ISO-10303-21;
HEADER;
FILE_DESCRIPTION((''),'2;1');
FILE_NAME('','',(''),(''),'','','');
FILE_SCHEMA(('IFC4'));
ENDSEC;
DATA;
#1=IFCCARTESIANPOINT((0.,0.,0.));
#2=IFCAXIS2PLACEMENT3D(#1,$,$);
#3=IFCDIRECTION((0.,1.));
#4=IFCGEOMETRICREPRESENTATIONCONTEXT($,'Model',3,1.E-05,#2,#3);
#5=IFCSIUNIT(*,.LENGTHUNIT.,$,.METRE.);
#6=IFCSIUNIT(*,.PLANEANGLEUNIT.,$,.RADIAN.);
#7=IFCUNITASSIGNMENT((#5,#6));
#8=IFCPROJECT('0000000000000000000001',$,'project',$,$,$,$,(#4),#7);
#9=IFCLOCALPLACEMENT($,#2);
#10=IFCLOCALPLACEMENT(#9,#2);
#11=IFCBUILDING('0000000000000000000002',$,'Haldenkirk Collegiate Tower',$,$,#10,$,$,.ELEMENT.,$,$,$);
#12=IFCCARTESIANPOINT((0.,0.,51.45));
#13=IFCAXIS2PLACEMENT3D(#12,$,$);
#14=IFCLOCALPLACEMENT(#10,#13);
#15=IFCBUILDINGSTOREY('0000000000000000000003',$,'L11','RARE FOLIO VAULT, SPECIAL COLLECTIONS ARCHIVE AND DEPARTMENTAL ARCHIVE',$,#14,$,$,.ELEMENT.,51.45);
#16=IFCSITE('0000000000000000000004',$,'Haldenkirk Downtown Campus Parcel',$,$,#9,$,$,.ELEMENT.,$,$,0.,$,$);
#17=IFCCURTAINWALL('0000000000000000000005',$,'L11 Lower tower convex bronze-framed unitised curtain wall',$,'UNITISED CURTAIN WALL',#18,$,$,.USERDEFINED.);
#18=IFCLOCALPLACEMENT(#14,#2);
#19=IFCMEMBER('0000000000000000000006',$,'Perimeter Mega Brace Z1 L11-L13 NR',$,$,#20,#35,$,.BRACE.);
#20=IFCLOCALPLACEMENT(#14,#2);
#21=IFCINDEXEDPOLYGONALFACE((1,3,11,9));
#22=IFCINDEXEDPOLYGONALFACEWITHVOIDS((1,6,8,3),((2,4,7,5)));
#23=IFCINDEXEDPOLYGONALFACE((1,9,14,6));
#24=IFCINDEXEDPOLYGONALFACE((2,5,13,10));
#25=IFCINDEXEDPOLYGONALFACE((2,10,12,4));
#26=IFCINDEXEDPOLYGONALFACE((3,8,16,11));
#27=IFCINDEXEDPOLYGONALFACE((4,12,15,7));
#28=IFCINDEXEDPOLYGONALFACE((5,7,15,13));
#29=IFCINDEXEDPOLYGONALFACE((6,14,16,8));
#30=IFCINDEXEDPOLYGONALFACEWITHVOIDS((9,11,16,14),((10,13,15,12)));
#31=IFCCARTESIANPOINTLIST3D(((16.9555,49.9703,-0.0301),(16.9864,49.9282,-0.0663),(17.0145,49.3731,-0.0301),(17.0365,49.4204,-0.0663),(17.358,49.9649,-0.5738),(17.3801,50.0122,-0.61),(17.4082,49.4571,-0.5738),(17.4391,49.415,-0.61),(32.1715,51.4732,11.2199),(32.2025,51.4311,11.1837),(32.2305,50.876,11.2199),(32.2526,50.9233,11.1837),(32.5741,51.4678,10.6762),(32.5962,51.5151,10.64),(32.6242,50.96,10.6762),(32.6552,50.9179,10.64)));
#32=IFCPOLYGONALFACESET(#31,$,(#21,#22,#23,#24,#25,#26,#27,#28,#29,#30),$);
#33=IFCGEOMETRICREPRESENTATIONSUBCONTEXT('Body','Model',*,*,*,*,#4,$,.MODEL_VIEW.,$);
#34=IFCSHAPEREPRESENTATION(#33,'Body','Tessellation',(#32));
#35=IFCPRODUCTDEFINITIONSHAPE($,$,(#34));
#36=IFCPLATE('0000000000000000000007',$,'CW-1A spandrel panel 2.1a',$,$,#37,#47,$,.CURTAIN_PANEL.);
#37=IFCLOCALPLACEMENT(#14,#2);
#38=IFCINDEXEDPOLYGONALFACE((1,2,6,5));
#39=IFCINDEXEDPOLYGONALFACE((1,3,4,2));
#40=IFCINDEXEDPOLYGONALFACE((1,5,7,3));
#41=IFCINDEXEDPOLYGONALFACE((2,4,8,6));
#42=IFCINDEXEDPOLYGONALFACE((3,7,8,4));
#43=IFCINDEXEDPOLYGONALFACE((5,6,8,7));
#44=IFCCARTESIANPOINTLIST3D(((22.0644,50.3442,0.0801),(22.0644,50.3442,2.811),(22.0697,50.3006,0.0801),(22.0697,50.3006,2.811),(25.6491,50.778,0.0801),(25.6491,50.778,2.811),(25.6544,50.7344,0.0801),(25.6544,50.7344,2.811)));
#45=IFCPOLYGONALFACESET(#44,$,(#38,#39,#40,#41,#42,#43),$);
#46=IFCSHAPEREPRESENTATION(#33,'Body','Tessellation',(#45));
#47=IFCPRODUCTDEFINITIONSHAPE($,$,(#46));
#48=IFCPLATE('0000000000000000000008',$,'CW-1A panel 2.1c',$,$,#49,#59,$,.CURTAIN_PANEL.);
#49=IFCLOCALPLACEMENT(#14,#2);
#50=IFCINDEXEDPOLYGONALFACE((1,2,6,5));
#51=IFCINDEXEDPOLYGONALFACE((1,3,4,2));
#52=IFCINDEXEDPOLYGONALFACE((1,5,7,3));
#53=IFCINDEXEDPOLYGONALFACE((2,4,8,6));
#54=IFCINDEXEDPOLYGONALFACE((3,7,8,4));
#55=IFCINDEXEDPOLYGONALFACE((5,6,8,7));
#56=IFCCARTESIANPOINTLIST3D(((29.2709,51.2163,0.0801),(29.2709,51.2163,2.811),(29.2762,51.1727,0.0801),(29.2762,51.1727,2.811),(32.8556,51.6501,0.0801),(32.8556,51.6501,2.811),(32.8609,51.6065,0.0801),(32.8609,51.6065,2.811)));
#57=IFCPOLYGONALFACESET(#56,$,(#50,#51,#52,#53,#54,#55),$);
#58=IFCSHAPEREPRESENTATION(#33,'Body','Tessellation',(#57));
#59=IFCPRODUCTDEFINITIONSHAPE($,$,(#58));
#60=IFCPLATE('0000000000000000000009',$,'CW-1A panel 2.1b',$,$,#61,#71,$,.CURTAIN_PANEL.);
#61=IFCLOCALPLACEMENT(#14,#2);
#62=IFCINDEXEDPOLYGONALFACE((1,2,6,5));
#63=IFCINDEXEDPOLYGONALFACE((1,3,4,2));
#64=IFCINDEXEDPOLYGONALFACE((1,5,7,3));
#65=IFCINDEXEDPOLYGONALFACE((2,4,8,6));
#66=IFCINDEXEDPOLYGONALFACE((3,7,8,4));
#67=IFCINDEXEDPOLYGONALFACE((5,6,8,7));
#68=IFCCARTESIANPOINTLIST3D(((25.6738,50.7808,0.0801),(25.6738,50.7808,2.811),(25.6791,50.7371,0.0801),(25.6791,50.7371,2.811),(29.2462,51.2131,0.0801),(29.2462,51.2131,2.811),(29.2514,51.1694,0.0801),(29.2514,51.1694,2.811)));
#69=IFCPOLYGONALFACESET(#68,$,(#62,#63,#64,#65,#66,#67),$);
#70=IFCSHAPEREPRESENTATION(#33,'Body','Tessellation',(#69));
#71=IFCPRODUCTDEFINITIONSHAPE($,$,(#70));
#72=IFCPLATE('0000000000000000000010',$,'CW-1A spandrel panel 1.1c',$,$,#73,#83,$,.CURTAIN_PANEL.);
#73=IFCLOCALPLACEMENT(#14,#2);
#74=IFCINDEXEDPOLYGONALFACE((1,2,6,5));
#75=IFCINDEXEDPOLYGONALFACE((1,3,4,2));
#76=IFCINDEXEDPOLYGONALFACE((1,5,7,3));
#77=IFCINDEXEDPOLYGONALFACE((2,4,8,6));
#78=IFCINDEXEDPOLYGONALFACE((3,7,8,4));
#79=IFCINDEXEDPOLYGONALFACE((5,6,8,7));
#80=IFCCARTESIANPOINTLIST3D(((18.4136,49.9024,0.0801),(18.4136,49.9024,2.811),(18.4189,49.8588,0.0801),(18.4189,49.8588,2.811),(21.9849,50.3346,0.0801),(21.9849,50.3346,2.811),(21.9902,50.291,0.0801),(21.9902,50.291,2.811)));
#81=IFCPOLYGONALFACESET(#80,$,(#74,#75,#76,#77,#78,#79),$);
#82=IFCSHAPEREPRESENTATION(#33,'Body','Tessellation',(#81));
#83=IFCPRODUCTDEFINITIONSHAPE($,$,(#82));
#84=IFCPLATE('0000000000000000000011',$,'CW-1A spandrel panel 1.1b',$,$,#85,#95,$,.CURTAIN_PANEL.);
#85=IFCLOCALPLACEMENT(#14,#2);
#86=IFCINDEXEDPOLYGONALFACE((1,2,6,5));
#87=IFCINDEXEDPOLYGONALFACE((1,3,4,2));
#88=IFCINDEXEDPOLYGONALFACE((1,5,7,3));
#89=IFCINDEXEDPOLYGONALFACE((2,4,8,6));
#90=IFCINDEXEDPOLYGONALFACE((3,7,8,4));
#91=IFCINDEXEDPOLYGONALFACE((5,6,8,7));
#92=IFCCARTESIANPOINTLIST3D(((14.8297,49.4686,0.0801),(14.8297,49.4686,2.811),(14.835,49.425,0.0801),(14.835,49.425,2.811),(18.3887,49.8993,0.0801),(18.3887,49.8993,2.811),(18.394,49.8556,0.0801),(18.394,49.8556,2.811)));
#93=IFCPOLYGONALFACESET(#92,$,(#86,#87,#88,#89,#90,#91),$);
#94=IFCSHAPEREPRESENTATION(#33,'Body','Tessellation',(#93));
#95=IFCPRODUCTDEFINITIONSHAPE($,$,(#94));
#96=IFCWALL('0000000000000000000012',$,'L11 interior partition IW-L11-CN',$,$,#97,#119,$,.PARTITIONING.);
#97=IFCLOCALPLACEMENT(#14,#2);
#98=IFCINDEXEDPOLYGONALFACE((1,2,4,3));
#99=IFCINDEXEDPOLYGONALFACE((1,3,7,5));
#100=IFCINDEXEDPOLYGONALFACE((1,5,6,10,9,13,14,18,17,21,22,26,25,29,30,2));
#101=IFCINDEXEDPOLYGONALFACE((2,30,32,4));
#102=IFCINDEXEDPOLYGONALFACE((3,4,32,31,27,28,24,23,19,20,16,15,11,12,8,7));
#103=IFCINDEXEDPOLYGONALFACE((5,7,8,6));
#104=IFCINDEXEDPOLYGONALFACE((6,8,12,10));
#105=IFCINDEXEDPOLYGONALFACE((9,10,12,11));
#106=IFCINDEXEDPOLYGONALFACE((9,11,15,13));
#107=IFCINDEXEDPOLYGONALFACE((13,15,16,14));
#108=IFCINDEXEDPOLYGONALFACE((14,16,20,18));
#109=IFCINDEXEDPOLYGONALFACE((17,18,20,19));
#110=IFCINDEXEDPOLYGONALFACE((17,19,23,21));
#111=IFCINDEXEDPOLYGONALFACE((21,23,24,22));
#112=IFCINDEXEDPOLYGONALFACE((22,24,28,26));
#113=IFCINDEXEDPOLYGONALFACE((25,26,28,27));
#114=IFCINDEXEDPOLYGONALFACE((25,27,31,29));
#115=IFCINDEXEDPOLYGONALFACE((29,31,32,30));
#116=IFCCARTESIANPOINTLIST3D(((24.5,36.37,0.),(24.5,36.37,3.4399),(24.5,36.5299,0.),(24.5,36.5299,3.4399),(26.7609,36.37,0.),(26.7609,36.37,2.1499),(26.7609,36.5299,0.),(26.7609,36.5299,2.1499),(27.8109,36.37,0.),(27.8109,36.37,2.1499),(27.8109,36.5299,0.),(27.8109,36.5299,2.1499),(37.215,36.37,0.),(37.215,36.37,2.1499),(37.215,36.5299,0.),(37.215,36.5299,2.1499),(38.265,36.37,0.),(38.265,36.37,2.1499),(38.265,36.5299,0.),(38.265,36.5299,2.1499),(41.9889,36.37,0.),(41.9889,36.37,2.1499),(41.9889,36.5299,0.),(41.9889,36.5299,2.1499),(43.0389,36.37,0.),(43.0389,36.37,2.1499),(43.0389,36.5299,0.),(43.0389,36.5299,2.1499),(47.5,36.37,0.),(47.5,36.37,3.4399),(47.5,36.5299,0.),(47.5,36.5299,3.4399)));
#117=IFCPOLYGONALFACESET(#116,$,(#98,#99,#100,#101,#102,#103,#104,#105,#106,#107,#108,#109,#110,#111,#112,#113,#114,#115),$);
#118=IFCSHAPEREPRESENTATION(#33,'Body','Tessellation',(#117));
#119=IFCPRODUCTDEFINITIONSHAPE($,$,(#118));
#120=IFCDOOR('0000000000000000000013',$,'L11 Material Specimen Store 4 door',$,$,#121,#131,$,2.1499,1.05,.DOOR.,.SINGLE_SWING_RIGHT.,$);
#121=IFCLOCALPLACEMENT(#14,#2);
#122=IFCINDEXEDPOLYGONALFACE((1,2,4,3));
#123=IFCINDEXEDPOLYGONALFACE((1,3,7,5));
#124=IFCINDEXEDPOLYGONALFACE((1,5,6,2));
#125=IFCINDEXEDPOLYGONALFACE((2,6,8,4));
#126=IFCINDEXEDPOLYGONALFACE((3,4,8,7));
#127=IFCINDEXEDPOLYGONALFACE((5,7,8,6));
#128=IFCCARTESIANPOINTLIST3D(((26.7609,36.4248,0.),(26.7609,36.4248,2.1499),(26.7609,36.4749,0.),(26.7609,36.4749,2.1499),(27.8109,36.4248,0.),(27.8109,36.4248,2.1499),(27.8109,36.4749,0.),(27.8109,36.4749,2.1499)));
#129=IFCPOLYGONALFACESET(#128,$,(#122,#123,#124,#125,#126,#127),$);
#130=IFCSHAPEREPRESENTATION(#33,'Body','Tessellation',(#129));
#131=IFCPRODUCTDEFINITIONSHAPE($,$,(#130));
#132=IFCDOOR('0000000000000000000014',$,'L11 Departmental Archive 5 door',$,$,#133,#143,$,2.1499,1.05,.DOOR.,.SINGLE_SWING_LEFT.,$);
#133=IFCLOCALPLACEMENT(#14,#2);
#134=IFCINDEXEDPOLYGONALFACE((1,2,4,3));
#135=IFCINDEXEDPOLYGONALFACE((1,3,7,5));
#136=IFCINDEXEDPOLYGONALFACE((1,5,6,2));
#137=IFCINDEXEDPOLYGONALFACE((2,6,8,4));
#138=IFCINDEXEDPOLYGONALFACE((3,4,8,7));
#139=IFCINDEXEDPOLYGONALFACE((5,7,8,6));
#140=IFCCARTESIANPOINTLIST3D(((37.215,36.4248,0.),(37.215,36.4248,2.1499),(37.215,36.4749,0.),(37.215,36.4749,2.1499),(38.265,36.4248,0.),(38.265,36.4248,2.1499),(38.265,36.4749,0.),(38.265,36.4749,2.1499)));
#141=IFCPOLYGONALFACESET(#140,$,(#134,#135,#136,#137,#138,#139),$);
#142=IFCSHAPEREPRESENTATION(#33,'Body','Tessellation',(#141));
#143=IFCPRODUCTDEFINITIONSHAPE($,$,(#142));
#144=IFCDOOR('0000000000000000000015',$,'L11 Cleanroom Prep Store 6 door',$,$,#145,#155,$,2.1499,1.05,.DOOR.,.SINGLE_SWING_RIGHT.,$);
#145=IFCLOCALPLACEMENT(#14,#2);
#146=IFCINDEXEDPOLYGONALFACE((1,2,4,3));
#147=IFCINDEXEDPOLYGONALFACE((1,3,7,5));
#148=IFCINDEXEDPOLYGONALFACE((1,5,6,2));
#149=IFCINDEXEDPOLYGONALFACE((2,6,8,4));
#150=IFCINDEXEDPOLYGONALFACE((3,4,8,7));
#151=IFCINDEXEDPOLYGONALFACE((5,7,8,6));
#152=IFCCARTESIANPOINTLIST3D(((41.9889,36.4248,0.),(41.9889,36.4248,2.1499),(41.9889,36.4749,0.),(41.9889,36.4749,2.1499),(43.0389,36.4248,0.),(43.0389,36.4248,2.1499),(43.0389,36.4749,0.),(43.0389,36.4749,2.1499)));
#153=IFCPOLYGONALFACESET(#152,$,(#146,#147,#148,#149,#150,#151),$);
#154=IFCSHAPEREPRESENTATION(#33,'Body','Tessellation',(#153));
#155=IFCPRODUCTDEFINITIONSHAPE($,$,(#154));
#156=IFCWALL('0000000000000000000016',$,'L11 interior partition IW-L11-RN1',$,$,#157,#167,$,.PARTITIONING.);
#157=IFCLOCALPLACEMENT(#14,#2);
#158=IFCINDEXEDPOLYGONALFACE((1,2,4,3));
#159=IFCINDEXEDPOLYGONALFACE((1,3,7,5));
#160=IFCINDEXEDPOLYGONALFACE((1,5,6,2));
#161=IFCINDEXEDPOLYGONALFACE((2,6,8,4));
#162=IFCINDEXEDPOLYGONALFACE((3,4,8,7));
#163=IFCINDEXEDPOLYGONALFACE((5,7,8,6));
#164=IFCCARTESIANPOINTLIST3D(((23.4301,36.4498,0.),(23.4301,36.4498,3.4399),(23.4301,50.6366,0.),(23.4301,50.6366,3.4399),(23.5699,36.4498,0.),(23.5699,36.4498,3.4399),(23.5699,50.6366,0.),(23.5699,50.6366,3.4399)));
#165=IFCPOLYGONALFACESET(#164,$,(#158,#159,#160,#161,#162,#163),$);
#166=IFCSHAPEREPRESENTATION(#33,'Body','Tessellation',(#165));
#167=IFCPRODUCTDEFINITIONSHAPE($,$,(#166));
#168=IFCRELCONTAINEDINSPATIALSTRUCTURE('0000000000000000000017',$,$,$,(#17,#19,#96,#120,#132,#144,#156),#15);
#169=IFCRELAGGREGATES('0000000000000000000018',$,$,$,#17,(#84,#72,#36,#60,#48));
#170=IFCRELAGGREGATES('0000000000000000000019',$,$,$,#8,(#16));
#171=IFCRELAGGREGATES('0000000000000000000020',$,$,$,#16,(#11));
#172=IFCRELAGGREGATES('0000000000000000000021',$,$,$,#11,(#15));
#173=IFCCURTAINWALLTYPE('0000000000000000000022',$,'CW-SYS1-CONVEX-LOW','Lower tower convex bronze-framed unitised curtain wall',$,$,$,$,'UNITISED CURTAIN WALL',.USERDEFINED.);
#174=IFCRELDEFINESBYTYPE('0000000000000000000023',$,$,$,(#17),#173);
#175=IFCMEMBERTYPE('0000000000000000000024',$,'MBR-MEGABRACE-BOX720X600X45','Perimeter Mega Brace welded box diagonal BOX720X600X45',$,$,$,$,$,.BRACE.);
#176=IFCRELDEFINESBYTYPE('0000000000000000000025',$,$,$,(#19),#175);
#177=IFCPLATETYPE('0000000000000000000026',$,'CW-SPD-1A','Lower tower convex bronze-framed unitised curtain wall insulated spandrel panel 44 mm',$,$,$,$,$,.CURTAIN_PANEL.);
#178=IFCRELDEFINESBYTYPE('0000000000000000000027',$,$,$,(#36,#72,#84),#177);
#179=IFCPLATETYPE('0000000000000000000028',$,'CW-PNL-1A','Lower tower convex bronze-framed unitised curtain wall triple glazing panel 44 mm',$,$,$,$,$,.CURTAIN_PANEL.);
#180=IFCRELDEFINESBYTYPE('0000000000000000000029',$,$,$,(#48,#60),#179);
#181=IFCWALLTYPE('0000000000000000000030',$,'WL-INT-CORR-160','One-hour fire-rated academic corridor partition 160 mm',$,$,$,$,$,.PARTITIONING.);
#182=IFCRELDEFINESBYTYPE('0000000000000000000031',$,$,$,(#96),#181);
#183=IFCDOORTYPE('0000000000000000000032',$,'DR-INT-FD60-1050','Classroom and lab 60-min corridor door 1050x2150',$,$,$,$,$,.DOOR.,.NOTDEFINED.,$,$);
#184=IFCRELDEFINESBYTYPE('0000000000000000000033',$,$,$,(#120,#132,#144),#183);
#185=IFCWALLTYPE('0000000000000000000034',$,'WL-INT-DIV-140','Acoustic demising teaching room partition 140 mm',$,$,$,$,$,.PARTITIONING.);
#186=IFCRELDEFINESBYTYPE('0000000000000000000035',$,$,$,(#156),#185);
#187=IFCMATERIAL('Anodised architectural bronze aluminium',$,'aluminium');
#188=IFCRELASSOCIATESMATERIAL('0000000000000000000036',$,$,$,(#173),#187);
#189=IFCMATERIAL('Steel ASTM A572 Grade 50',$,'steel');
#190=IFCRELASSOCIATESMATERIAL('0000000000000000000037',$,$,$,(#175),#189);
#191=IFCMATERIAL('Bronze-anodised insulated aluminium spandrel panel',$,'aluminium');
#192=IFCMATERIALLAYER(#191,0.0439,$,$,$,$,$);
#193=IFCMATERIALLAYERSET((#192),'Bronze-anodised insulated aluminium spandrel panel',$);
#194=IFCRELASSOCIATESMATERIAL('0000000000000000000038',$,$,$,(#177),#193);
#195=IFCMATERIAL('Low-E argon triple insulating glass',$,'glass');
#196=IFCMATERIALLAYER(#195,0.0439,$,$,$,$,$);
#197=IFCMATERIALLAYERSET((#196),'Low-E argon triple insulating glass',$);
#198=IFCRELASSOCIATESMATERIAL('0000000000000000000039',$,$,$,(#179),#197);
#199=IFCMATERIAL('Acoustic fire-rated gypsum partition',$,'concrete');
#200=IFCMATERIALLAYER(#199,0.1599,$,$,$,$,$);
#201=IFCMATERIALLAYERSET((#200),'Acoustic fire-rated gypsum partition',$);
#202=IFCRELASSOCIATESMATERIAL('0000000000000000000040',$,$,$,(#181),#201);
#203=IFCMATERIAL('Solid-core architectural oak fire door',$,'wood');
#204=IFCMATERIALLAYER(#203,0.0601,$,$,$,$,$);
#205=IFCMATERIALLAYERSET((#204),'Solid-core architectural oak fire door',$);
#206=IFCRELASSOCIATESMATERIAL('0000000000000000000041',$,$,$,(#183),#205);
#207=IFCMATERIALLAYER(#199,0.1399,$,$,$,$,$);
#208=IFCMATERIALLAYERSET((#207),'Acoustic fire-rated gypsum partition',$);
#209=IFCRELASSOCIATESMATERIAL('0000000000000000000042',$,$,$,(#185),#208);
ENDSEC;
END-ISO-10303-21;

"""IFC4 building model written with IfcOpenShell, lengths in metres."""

from ifc_helpers import new_model, si_unit, direction, frame, frame_2d, origin, origin_2d, place, context, subcontext, project, spatial, rectangle, hollow_rectangle, extrude, source, transform, mapped, material, layer, layer_set, material_profile, profile_set, type_object, element, fill, aggregate, save


model = new_model("IFC4")

# Units and contexts
model_context = context("Model", 3, precision=1e-05, world=origin(), true_north=direction((0.0, 1.0)))
body_context = subcontext(model_context, "Body", "Model", "MODEL_VIEW")
ifc_project = project(units=[si_unit("LENGTHUNIT", "METRE"), si_unit("PLANEANGLEUNIT", "RADIAN")], contexts=[model_context])

# Site, building, storey
site_placement = place(None, origin())
site = spatial("IfcSite", under=ifc_project, at=site_placement, Name="Haldenkirk Downtown Campus Parcel", CompositionType="ELEMENT", RefElevation=0.0)
building_placement = place(site_placement, origin())
building = spatial("IfcBuilding", under=site, at=building_placement, Name="Haldenkirk Collegiate Tower", CompositionType="ELEMENT")
storey_placement = place(building_placement, frame((0.0, 0.0, 51.45)))
storey = spatial("IfcBuildingStorey", under=building, at=storey_placement, Name="L11", Description="RARE FOLIO VAULT, SPECIAL COLLECTIONS ARCHIVE AND DEPARTMENTAL ARCHIVE", CompositionType="ELEMENT", Elevation=51.45)

# Curtain wall
ifc_material_1 = material(Name="Anodised architectural bronze aluminium", Category="aluminium")
curtain_wall_type = type_object("IfcCurtainWallType", Name="CW-SYS1-CONVEX-LOW", Description="Lower tower convex bronze-framed unitised curtain wall", ElementType="UNITISED CURTAIN WALL", PredefinedType="USERDEFINED", material=ifc_material_1)
curtain_wall_placement = place(storey_placement, origin())
curtain_wall = element("IfcCurtainWall", 1, at=curtain_wall_placement, inside=storey, type_object=curtain_wall_type, Name="L11 Lower tower convex bronze-framed unitised curtain wall", ObjectType="UNITISED CURTAIN WALL", PredefinedType="USERDEFINED")

# Member
ifc_material_2 = material(Name="Steel ASTM A572 Grade 50", Category="steel")
ifc_material_profile_1 = material_profile(ifc_material_2, hollow_rectangle(XDim=0.6001, YDim=0.72, WallThickness=0.0449, at=origin_2d()), Name="BOX720X600X45")
ifc_profile_set_1 = profile_set([ifc_material_profile_1], Name="Steel ASTM A572 Grade 50")
member_type_1 = type_object("IfcMemberType", Name="MBR-MEGABRACE-BOX720X600X45", Description="Perimeter Mega Brace welded box diagonal BOX720X600X45", PredefinedType="BRACE", material=ifc_profile_set_1)
member_1_placement = place(storey_placement, frame((17.1973, 49.6926, -0.3201), z_axis=(0.801568, 0.079173, 0.592639), x_axis=(-0.098294, 0.995157, 0.0)))
element("IfcMember", 2, at=member_1_placement, inside=storey, type_object=member_type_1, Name="Perimeter Mega Brace Z1 L11-L13 NR", PredefinedType="BRACE", context=body_context, shape_type="SweptSolid", body=[
    extrude(hollow_rectangle(XDim=0.6001, YDim=0.72, WallThickness=0.0449, at=origin_2d()), origin(), (0.0, 0.0, 1.0), 18.9829),
])

# Plates
ifc_material_3 = material(Name="Bronze-anodised insulated aluminium spandrel panel", Category="aluminium")
ifc_layer_1 = layer(ifc_material_3, 0.0439)
ifc_layer_set_1 = layer_set([ifc_layer_1], Name="Bronze-anodised insulated aluminium spandrel panel")
plate_type_1 = type_object("IfcPlateType", Name="CW-SPD-1A", Description="Lower tower convex bronze-framed unitised curtain wall insulated spandrel panel 44 mm", PredefinedType="CURTAIN_PANEL", material=ifc_layer_set_1)
shared_shape_1 = source(origin(), body_context, "Body", "SweptSolid", [
    extrude(rectangle(XDim=3.6108, YDim=0.0439, at=origin_2d()), origin(), (0.0, 0.0, 1.0), 2.731),
])
plate_1_placement = place(storey_placement, frame((23.8594, 50.5393, 0.0801), z_axis=(0.0, 0.0, 1.0), x_axis=(0.992757, 0.120137, 0.0)))
plate_1 = element("IfcPlate", 3, at=plate_1_placement, type_object=plate_type_1, Name="CW-1A spandrel panel 2.1a", PredefinedType="CURTAIN_PANEL", context=body_context, shape_type="MappedRepresentation", body=[
    mapped(shared_shape_1, transform((0.0, 0.0, 0.0), x_axis=(1.0, 0.0, 0.0), y_axis=(0.0, 1.0, 0.0), z_axis=(0.0, 0.0, 1.0), scale=1.0)),
])
ifc_material_4 = material(Name="Low-E argon triple insulating glass", Category="glass")
ifc_layer_2 = layer(ifc_material_4, 0.0439)
ifc_layer_set_2 = layer_set([ifc_layer_2], Name="Low-E argon triple insulating glass")
plate_type_2 = type_object("IfcPlateType", Name="CW-PNL-1A", Description="Lower tower convex bronze-framed unitised curtain wall triple glazing panel 44 mm", PredefinedType="CURTAIN_PANEL", material=ifc_layer_set_2)
plate_2_placement = place(storey_placement, frame((31.0659, 51.4114, 0.0801), z_axis=(0.0, 0.0, 1.0), x_axis=(0.992757, 0.120137, 0.0)))
plate_2 = element("IfcPlate", 4, at=plate_2_placement, type_object=plate_type_2, Name="CW-1A panel 2.1c", PredefinedType="CURTAIN_PANEL", context=body_context, shape_type="MappedRepresentation", body=[
    mapped(shared_shape_1, transform((0.0, 0.0, 0.0), x_axis=(1.0, 0.0, 0.0), y_axis=(0.0, 1.0, 0.0), z_axis=(0.0, 0.0, 1.0), scale=1.0)),
])
shared_shape_2 = source(origin(), body_context, "Body", "SweptSolid", [
    extrude(rectangle(XDim=3.5984, YDim=0.0439, at=origin_2d()), origin(), (0.0, 0.0, 1.0), 2.731),
])
plate_3_placement = place(storey_placement, frame((27.4626, 50.9751, 0.0801), z_axis=(0.0, 0.0, 1.0), x_axis=(0.992757, 0.120137, 0.0)))
plate_3 = element("IfcPlate", 5, at=plate_3_placement, type_object=plate_type_2, Name="CW-1A panel 2.1b", PredefinedType="CURTAIN_PANEL", context=body_context, shape_type="MappedRepresentation", body=[
    mapped(shared_shape_2, transform((0.0, 0.0, 0.0), x_axis=(1.0, 0.0, 0.0), y_axis=(0.0, 1.0, 0.0), z_axis=(0.0, 0.0, 1.0), scale=1.0)),
])
shared_shape_3 = source(origin(), body_context, "Body", "SweptSolid", [
    extrude(rectangle(XDim=3.5974, YDim=0.0439, at=origin_2d()), origin(), (0.0, 0.0, 1.0), 2.731),
])
plate_4_placement = place(storey_placement, frame((20.2019, 50.0967, 0.0801), z_axis=(0.0, 0.0, 1.0), x_axis=(0.992757, 0.120137, 0.0)))
plate_4 = element("IfcPlate", 6, at=plate_4_placement, type_object=plate_type_1, Name="CW-1A spandrel panel 1.1c", PredefinedType="CURTAIN_PANEL", context=body_context, shape_type="MappedRepresentation", body=[
    mapped(shared_shape_3, transform((0.0, 0.0, 0.0), x_axis=(1.0, 0.0, 0.0), y_axis=(0.0, 1.0, 0.0), z_axis=(0.0, 0.0, 1.0), scale=1.0)),
])
shared_shape_4 = source(origin(), body_context, "Body", "SweptSolid", [
    extrude(rectangle(XDim=3.585, YDim=0.0439, at=origin_2d()), origin(), (0.0, 0.0, 1.0), 2.731),
])
plate_5_placement = place(storey_placement, frame((16.6118, 49.6621, 0.0801), z_axis=(0.0, 0.0, 1.0), x_axis=(0.992757, 0.120137, 0.0)))
plate_5 = element("IfcPlate", 7, at=plate_5_placement, type_object=plate_type_1, Name="CW-1A spandrel panel 1.1b", PredefinedType="CURTAIN_PANEL", context=body_context, shape_type="MappedRepresentation", body=[
    mapped(shared_shape_4, transform((0.0, 0.0, 0.0), x_axis=(1.0, 0.0, 0.0), y_axis=(0.0, 1.0, 0.0), z_axis=(0.0, 0.0, 1.0), scale=1.0)),
])
aggregate(curtain_wall, [plate_5, plate_4, plate_1, plate_3, plate_2])

# Wall, openings, doors
ifc_material_5 = material(Name="Acoustic fire-rated gypsum partition", Category="concrete")
ifc_layer_3 = layer(ifc_material_5, 0.1599)
ifc_layer_set_3 = layer_set([ifc_layer_3], Name="Acoustic fire-rated gypsum partition")
wall_type_1 = type_object("IfcWallType", Name="WL-INT-CORR-160", Description="One-hour fire-rated academic corridor partition 160 mm", PredefinedType="PARTITIONING", material=ifc_layer_set_3)
wall_1_placement = place(storey_placement, frame((24.5, 36.45, 0.0), z_axis=(0.0, 0.0, 1.0), x_axis=(1.0, 0.0, 0.0)))
wall_1 = element("IfcWall", 8, at=wall_1_placement, inside=storey, type_object=wall_type_1, Name="L11 interior partition IW-L11-CN", PredefinedType="PARTITIONING", context=body_context, shape_type="SweptSolid", body=[
    extrude(rectangle(XDim=23.0, YDim=0.1599, at=frame_2d((11.5, 0.0))), origin(), (0.0, 0.0, 1.0), 3.4399),
])
opening_1_placement = place(wall_1_placement, frame((2.261, 0.0, 0.0)))
opening_1 = element("IfcOpeningElement", 9, at=opening_1_placement, cuts=wall_1, PredefinedType="OPENING", context=body_context, shape_type="SweptSolid", body=[
    extrude(rectangle(XDim=1.05, YDim=2.1499, at=frame_2d((0.5249, 1.075))), frame((0.0, 0.0898, 0.0), z_axis=(0.0, -1.0, 0.0), x_axis=(1.0, 0.0, 0.0)), (0.0, 0.0, 1.0), 0.1799),
])
opening_2_placement = place(wall_1_placement, frame((12.7151, 0.0, 0.0)))
opening_2 = element("IfcOpeningElement", 10, at=opening_2_placement, cuts=wall_1, PredefinedType="OPENING", context=body_context, shape_type="SweptSolid", body=[
    extrude(rectangle(XDim=1.05, YDim=2.1499, at=frame_2d((0.5249, 1.075))), frame((0.0, 0.0898, 0.0), z_axis=(0.0, -1.0, 0.0), x_axis=(1.0, 0.0, 0.0)), (0.0, 0.0, 1.0), 0.1799),
])
opening_3_placement = place(wall_1_placement, frame((17.489, 0.0, 0.0)))
opening_3 = element("IfcOpeningElement", 11, at=opening_3_placement, cuts=wall_1, PredefinedType="OPENING", context=body_context, shape_type="SweptSolid", body=[
    extrude(rectangle(XDim=1.05, YDim=2.1499, at=frame_2d((0.5249, 1.075))), frame((0.0, 0.0898, 0.0), z_axis=(0.0, -1.0, 0.0), x_axis=(1.0, 0.0, 0.0)), (0.0, 0.0, 1.0), 0.1799),
])
ifc_material_6 = material(Name="Solid-core architectural oak fire door", Category="wood")
ifc_layer_4 = layer(ifc_material_6, 0.0601)
ifc_layer_set_4 = layer_set([ifc_layer_4], Name="Solid-core architectural oak fire door")
door_type = type_object("IfcDoorType", Name="DR-INT-FD60-1050", Description="Classroom and lab 60-min corridor door 1050x2150", OperationType="NOTDEFINED", PredefinedType="DOOR", material=ifc_layer_set_4)
door_1_placement = place(opening_1_placement, origin())
door_1 = element("IfcDoor", 12, at=door_1_placement, inside=storey, type_object=door_type, Name="L11 Material Specimen Store 4 door", OperationType="SINGLE_SWING_RIGHT", OverallHeight=2.1499, OverallWidth=1.05, PredefinedType="DOOR", context=body_context, shape_type="SweptSolid", body=[
    extrude(rectangle(XDim=1.05, YDim=2.1499, at=frame_2d((0.5249, 1.075))), frame((0.0, 0.0249, 0.0), z_axis=(0.0, -1.0, 0.0), x_axis=(1.0, 0.0, 0.0)), (0.0, 0.0, 1.0), 0.05),
])
fill(opening_1, door_1)
door_2_placement = place(opening_2_placement, origin())
door_2 = element("IfcDoor", 13, at=door_2_placement, inside=storey, type_object=door_type, Name="L11 Departmental Archive 5 door", OperationType="SINGLE_SWING_LEFT", OverallHeight=2.1499, OverallWidth=1.05, PredefinedType="DOOR", context=body_context, shape_type="SweptSolid", body=[
    extrude(rectangle(XDim=1.05, YDim=2.1499, at=frame_2d((0.5249, 1.075))), frame((0.0, 0.0249, 0.0), z_axis=(0.0, -1.0, 0.0), x_axis=(1.0, 0.0, 0.0)), (0.0, 0.0, 1.0), 0.05),
])
fill(opening_2, door_2)
door_3_placement = place(opening_3_placement, origin())
door_3 = element("IfcDoor", 14, at=door_3_placement, inside=storey, type_object=door_type, Name="L11 Cleanroom Prep Store 6 door", OperationType="SINGLE_SWING_RIGHT", OverallHeight=2.1499, OverallWidth=1.05, PredefinedType="DOOR", context=body_context, shape_type="SweptSolid", body=[
    extrude(rectangle(XDim=1.05, YDim=2.1499, at=frame_2d((0.5249, 1.075))), frame((0.0, 0.0249, 0.0), z_axis=(0.0, -1.0, 0.0), x_axis=(1.0, 0.0, 0.0)), (0.0, 0.0, 1.0), 0.05),
])
fill(opening_3, door_3)

# Wall
ifc_layer_5 = layer(ifc_material_5, 0.1399)
ifc_layer_set_5 = layer_set([ifc_layer_5], Name="Acoustic fire-rated gypsum partition")
wall_type_2 = type_object("IfcWallType", Name="WL-INT-DIV-140", Description="Acoustic demising teaching room partition 140 mm", PredefinedType="PARTITIONING", material=ifc_layer_set_5)
wall_2_placement = place(storey_placement, frame((23.5, 36.45, 0.0), z_axis=(0.0, 0.0, 1.0), x_axis=(0.0, 1.0, 0.0)))
element("IfcWall", 15, at=wall_2_placement, inside=storey, type_object=wall_type_2, Name="L11 interior partition IW-L11-RN1", PredefinedType="PARTITIONING", context=body_context, shape_type="SweptSolid", body=[
    extrude(rectangle(XDim=14.1868, YDim=0.1399, at=frame_2d((7.0933, 0.0))), origin(), (0.0, 0.0, 1.0), 3.4399),
])

save(model, "model.ifc")
